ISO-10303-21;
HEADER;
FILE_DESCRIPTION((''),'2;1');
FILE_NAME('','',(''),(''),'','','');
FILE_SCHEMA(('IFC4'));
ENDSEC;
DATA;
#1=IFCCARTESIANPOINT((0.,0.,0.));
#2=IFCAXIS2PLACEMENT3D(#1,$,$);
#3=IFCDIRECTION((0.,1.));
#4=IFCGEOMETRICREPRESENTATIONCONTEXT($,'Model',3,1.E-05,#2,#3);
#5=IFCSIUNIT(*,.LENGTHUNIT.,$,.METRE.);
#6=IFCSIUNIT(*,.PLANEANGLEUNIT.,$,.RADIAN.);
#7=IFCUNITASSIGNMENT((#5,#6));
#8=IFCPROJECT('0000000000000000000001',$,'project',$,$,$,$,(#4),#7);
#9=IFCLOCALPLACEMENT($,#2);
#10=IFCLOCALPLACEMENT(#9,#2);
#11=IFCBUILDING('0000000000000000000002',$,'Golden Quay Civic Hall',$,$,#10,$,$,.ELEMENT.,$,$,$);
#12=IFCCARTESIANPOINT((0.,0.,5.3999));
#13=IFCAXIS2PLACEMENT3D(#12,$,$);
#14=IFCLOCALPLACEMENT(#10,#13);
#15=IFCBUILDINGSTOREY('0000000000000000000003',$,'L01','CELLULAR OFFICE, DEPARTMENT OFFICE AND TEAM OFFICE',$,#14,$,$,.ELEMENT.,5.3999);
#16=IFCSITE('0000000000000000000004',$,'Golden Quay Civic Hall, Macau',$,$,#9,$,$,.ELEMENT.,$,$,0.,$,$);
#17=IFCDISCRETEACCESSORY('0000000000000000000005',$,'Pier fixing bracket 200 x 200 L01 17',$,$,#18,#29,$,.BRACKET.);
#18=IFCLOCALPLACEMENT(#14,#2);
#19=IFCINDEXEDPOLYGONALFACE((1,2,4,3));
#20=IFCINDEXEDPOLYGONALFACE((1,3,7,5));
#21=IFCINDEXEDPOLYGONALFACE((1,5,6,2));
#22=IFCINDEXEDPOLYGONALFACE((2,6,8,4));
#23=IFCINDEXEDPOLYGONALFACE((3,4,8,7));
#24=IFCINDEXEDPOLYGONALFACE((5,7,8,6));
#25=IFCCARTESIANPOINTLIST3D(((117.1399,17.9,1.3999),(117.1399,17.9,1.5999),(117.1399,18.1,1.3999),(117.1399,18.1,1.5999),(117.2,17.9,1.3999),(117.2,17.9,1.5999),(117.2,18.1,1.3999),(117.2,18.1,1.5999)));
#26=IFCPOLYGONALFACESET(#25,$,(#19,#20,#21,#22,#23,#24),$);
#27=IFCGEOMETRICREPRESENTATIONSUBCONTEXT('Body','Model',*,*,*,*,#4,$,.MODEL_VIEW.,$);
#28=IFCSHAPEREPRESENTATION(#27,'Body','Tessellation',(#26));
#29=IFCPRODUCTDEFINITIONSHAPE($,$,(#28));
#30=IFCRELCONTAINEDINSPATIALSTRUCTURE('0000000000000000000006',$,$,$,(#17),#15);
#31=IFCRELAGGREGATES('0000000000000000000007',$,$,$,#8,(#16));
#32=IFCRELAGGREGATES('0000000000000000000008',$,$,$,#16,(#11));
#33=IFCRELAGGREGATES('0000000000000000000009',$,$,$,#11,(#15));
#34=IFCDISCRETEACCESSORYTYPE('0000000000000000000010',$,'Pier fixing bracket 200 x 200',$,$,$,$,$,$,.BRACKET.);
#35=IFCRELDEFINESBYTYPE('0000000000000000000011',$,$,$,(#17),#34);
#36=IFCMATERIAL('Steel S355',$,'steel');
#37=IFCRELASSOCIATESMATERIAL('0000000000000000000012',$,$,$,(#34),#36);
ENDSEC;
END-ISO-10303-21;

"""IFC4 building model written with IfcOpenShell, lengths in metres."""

from ifc_helpers import new_model, si_unit, direction, frame, origin, origin_2d, place, context, subcontext, project, spatial, rectangle, extrude, material, type_object, element, save


model = new_model("IFC4")

# Units and contexts
model_context = context("Model", 3, precision=1e-05, world=origin(), true_north=direction((0.0, 1.0)))
body_context = subcontext(model_context, "Body", "Model", "MODEL_VIEW")
ifc_project = project(units=[si_unit("LENGTHUNIT", "METRE"), si_unit("PLANEANGLEUNIT", "RADIAN")], contexts=[model_context])

# Site, building, storey
site_placement = place(None, origin())
site = spatial("IfcSite", under=ifc_project, at=site_placement, Name="Golden Quay Civic Hall, Macau", CompositionType="ELEMENT", RefElevation=0.0)
building_placement = place(site_placement, origin())
building = spatial("IfcBuilding", under=site, at=building_placement, Name="Golden Quay Civic Hall", CompositionType="ELEMENT")
storey_placement = place(building_placement, frame((0.0, 0.0, 5.3999)))
storey = spatial("IfcBuildingStorey", under=building, at=storey_placement, Name="L01", Description="CELLULAR OFFICE, DEPARTMENT OFFICE AND TEAM OFFICE", CompositionType="ELEMENT", Elevation=5.3999)

# Discrete accessory
ifc_material_1 = material(Name="Steel S355", Category="steel")
discrete_accessory_type = type_object("IfcDiscreteAccessoryType", Name="Pier fixing bracket 200 x 200", PredefinedType="BRACKET", material=ifc_material_1)
discrete_accessory_placement = place(storey_placement, frame((117.1699, 18.0, 1.3999), z_axis=(0.0, 0.0, 1.0), x_axis=(0.0, 1.0, 0.0)))
element("IfcDiscreteAccessory", 1, at=discrete_accessory_placement, inside=storey, type_object=discrete_accessory_type, Name="Pier fixing bracket 200 x 200 L01 17", PredefinedType="BRACKET", context=body_context, shape_type="SweptSolid", body=[
    extrude(rectangle(XDim=0.2, YDim=0.0601, at=origin_2d()), origin(), (0.0, 0.0, 1.0), 0.2),
])

save(model, "model.ifc")
